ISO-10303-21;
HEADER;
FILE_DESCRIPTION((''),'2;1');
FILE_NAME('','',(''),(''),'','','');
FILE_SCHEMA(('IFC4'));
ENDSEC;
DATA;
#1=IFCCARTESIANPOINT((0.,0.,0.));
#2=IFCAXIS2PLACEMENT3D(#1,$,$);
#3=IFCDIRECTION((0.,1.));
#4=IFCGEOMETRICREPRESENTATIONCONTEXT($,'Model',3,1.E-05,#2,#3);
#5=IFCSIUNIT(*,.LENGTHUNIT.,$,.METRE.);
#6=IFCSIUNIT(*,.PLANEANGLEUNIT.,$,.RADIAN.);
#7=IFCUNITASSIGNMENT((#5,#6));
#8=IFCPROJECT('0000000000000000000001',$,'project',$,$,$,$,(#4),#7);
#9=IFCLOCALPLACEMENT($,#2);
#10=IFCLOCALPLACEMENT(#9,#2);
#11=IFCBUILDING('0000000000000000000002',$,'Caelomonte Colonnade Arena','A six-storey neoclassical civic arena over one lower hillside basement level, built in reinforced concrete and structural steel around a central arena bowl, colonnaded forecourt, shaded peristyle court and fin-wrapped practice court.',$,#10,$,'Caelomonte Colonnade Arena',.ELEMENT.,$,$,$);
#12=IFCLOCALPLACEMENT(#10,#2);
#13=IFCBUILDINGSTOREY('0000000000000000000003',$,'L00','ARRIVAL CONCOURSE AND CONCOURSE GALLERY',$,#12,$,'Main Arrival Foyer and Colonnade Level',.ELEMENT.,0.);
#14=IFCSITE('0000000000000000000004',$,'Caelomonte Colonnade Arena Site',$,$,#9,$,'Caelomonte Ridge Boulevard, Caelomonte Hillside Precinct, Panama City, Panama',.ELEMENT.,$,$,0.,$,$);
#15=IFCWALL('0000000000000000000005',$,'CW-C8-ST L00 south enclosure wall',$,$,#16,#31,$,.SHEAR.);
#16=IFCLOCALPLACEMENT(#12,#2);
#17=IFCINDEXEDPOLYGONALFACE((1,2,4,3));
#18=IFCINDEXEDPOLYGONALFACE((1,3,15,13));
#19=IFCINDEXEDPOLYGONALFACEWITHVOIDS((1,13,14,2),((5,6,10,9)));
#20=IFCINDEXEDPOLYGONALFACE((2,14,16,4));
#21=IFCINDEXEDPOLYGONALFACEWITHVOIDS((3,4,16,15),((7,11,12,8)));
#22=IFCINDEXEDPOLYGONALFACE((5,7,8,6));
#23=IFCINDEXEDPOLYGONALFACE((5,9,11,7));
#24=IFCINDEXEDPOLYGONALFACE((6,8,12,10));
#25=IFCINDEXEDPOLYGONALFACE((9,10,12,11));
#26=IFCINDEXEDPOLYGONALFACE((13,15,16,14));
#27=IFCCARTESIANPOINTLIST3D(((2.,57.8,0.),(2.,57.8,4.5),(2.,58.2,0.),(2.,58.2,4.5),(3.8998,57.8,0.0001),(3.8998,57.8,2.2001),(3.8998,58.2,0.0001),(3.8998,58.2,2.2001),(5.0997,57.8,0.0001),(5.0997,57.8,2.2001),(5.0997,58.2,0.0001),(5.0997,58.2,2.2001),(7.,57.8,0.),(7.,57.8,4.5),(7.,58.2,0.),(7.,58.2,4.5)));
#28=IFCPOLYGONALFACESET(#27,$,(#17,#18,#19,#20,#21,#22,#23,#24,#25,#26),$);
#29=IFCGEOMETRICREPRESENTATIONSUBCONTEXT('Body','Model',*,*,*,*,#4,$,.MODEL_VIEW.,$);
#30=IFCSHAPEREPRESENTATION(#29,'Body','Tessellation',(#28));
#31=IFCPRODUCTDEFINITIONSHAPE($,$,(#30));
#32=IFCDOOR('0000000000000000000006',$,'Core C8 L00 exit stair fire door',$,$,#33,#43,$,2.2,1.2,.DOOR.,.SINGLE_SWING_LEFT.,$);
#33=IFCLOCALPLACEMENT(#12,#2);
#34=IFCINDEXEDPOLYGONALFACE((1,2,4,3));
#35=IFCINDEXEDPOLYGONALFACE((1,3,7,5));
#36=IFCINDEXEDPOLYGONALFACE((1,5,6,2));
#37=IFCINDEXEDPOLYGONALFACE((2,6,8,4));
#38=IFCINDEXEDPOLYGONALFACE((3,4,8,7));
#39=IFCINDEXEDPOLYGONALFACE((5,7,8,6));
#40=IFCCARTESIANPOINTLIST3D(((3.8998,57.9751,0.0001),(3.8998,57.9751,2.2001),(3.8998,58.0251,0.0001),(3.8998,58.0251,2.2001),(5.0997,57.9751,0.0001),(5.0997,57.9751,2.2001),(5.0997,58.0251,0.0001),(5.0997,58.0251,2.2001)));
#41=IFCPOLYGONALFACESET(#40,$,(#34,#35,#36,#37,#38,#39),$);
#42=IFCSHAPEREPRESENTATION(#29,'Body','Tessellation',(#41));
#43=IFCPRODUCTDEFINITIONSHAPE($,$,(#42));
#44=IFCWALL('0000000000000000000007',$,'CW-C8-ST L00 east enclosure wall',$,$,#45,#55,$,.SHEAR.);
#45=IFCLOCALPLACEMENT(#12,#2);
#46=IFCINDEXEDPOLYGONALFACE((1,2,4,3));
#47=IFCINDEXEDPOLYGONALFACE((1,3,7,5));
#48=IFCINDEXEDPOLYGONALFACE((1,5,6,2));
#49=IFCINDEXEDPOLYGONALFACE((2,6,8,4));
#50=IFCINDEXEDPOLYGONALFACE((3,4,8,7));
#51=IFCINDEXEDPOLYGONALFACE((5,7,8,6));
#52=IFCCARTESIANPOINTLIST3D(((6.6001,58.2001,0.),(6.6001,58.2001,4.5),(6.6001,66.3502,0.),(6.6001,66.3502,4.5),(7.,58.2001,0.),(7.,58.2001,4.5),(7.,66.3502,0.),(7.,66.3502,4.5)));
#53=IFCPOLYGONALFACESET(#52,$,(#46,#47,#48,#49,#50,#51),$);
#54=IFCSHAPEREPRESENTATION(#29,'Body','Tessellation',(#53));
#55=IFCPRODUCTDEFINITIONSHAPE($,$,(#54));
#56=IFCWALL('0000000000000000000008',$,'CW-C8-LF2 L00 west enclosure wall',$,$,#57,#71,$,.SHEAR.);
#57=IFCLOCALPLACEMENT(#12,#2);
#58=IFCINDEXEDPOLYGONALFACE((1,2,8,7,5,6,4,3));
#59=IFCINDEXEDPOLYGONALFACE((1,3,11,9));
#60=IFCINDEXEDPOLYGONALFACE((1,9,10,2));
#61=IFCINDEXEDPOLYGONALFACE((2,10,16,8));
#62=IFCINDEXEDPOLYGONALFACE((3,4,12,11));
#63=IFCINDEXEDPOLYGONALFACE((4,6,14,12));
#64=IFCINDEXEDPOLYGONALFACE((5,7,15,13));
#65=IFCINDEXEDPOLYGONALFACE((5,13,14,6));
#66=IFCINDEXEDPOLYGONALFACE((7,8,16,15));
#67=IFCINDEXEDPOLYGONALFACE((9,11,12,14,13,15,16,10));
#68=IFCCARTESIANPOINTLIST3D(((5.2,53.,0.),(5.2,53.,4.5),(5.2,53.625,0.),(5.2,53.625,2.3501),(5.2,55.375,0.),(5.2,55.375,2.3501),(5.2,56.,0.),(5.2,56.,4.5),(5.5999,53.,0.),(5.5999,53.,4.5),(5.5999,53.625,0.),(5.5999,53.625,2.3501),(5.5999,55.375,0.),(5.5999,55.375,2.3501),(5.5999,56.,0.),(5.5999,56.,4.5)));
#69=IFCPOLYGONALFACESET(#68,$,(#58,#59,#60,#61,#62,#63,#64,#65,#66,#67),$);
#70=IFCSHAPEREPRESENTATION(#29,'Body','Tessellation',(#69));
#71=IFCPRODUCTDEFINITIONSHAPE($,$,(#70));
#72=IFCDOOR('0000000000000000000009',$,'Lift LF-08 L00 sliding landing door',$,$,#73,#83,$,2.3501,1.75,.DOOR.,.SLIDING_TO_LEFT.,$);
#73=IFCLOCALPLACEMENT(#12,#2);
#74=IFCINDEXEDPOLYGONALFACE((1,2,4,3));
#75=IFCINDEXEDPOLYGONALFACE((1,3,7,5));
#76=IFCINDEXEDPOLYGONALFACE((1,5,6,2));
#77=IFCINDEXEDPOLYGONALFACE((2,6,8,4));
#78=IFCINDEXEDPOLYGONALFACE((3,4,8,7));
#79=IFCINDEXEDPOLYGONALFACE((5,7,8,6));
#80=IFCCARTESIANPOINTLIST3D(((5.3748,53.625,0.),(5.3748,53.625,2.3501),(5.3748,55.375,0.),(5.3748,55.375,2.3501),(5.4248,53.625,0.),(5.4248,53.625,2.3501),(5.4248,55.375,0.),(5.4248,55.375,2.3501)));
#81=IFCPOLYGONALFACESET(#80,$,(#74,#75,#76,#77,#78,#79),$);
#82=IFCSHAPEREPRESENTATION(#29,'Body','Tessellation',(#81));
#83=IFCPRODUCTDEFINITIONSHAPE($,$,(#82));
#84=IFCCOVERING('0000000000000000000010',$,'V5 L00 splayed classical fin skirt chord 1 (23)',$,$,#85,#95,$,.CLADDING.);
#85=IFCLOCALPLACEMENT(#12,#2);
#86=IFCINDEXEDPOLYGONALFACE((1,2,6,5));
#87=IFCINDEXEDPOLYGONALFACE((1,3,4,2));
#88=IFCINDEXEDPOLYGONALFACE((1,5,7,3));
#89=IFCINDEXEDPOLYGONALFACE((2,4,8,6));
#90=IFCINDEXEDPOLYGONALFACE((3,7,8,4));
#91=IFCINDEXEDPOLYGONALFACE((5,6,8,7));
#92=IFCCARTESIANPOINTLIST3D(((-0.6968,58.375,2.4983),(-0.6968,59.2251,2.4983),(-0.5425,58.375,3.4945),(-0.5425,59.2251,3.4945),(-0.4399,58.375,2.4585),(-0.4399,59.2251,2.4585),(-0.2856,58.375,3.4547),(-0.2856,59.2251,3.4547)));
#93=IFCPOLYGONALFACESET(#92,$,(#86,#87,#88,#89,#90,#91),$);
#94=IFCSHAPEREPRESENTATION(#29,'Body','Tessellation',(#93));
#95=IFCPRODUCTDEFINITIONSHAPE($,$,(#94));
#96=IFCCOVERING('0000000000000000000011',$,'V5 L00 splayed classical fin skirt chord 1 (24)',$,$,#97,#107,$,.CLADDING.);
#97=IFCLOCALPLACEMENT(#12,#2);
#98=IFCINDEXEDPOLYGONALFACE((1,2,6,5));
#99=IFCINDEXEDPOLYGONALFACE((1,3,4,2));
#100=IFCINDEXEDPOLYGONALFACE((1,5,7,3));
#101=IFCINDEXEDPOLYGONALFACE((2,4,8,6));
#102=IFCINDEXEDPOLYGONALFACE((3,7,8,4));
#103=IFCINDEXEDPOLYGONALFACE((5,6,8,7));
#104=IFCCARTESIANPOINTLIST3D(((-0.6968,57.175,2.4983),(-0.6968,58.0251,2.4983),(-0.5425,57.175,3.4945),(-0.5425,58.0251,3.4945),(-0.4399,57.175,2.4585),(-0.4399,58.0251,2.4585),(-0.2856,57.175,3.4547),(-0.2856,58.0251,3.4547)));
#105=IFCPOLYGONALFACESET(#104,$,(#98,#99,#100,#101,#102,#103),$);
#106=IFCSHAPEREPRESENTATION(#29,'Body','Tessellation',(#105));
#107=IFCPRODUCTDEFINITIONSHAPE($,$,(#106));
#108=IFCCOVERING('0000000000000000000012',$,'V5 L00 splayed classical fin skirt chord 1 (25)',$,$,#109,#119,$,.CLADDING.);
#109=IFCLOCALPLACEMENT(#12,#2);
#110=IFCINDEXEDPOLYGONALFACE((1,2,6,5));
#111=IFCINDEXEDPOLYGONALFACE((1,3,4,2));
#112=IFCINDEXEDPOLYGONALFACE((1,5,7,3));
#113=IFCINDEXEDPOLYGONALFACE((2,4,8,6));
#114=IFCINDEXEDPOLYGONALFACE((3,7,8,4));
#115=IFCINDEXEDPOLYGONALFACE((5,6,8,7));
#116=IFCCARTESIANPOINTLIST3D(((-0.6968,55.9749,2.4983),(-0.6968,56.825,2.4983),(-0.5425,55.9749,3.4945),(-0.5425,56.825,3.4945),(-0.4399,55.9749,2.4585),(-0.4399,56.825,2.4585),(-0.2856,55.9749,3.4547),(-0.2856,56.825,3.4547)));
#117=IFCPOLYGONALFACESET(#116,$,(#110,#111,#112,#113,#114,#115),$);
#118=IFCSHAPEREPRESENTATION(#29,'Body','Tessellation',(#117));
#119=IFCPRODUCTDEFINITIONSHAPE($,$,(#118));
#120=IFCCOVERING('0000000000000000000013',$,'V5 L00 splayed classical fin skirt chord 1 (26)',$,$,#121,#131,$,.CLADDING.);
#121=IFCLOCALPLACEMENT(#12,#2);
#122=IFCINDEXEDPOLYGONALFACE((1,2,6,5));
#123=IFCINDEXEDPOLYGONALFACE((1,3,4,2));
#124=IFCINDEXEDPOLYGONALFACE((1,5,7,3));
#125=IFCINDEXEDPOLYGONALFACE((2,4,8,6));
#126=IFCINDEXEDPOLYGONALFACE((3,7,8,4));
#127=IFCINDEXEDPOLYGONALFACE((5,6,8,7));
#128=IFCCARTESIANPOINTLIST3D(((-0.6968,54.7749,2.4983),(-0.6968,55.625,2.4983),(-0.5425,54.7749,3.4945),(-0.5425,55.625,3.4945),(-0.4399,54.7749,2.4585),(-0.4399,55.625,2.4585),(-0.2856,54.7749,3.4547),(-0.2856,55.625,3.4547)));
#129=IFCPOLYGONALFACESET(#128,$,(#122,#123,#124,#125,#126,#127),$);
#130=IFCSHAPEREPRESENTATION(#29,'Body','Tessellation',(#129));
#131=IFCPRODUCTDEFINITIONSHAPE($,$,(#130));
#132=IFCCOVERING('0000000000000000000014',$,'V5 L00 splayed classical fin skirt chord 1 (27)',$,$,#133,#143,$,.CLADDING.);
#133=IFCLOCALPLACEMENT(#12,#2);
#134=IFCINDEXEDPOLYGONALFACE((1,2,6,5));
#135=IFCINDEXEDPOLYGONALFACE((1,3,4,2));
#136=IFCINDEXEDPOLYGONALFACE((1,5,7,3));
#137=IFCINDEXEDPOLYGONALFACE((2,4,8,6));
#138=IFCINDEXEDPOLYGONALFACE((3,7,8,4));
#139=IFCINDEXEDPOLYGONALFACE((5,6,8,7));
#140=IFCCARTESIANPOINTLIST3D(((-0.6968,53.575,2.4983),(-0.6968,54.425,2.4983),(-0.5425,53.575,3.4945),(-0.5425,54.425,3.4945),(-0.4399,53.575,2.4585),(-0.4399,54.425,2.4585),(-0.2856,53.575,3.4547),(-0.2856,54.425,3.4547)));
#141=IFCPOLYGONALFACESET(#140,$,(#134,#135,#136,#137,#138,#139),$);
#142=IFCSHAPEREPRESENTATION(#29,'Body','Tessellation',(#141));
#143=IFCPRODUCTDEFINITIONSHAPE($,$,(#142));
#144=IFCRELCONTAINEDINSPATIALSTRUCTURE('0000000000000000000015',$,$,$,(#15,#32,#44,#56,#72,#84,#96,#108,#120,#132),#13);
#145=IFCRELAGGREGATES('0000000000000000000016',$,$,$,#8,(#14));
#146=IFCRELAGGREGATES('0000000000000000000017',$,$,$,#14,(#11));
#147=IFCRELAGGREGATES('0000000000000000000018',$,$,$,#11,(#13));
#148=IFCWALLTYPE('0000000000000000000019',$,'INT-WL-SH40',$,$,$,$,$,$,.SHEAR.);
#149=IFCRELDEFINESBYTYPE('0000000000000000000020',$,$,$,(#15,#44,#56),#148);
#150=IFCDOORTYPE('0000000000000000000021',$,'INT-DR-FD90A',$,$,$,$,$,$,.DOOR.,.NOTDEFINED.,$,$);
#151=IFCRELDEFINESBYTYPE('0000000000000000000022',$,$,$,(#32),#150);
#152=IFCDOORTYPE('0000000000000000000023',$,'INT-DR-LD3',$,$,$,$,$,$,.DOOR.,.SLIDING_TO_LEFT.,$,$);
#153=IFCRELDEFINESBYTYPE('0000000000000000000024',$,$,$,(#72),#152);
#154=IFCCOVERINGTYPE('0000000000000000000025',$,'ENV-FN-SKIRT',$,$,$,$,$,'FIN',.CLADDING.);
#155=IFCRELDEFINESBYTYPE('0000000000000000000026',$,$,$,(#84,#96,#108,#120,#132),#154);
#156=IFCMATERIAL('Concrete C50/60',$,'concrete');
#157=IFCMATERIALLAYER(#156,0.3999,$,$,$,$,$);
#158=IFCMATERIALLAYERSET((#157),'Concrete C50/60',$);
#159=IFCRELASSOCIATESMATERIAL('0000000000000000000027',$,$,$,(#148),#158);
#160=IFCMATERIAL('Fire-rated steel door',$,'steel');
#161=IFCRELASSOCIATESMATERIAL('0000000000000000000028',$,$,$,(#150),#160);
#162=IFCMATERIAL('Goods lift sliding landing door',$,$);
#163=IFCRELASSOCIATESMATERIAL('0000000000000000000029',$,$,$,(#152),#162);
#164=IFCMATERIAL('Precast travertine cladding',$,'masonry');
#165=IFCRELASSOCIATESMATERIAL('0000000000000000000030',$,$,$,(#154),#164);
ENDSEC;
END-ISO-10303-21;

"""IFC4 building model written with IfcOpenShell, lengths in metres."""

from ifc_helpers import new_model, si_unit, direction, frame, frame_2d, origin, origin_2d, place, context, subcontext, project, spatial, rectangle, extrude, material, layer, layer_set, material_profile, profile_set, type_object, element, fill, save


model = new_model("IFC4")

# Units and contexts
model_context = context("Model", 3, precision=1e-05, world=origin(), true_north=direction((0.0, 1.0)))
body_context = subcontext(model_context, "Body", "Model", "MODEL_VIEW")
ifc_project = project(units=[si_unit("LENGTHUNIT", "METRE"), si_unit("PLANEANGLEUNIT", "RADIAN")], contexts=[model_context])

# Site, building, storey
site_placement = place(None, origin())
site = spatial("IfcSite", under=ifc_project, at=site_placement, Name="Caelomonte Colonnade Arena Site", LongName="Caelomonte Ridge Boulevard, Caelomonte Hillside Precinct, Panama City, Panama", CompositionType="ELEMENT", RefElevation=0.0)
building_placement = place(site_placement, origin())
building = spatial("IfcBuilding", under=site, at=building_placement, Name="Caelomonte Colonnade Arena", Description="A six-storey neoclassical civic arena over one lower hillside basement level, built in reinforced concrete and structural steel around a central arena bowl, colonnaded forecourt, shaded peristyle court and fin-wrapped practice court.", LongName="Caelomonte Colonnade Arena", CompositionType="ELEMENT")
storey_placement = place(building_placement, origin())
storey = spatial("IfcBuildingStorey", under=building, at=storey_placement, Name="L00", Description="ARRIVAL CONCOURSE AND CONCOURSE GALLERY", LongName="Main Arrival Foyer and Colonnade Level", CompositionType="ELEMENT", Elevation=0.0)

# Wall, opening, door
ifc_material_1 = material(Name="Concrete C50/60", Category="concrete")
ifc_layer_1 = layer(ifc_material_1, 0.3999)
ifc_layer_set_1 = layer_set([ifc_layer_1], Name="Concrete C50/60")
wall_type_1 = type_object("IfcWallType", Name="INT-WL-SH40", PredefinedType="SHEAR", material=ifc_layer_set_1)
wall_1_placement = place(storey_placement, frame((2.0, 58.0, 0.0), z_axis=(0.0, 0.0, 1.0), x_axis=(1.0, 0.0, 0.0)))
wall_1 = element("IfcWall", 1, at=wall_1_placement, inside=storey, type_object=wall_type_1, Name="CW-C8-ST L00 south enclosure wall", PredefinedType="SHEAR", context=body_context, shape_type="SweptSolid", body=[
    extrude(rectangle(XDim=5.0, YDim=0.3999, at=frame_2d((2.5, 0.0))), origin(), (0.0, 0.0, 1.0), 4.5),
])
opening_1_placement = place(wall_1_placement, frame((3.0999, 0.0, 0.0), z_axis=(0.0, 0.0, 1.0), x_axis=(-1.0, 0.0, 0.0)))
opening_1 = element("IfcOpeningElement", 2, at=opening_1_placement, cuts=wall_1, PredefinedType="OPENING", context=body_context, shape_type="SweptSolid", body=[
    extrude(rectangle(XDim=1.2, YDim=2.2, at=frame_2d((0.6001, 1.1001))), frame((0.0, 0.21, 0.0), z_axis=(0.0, -1.0, 0.0), x_axis=(1.0, 0.0, 0.0)), (0.0, 0.0, 1.0), 0.4199),
])
ifc_material_2 = material(Name="Fire-rated steel door", Category="steel")
door_type_1 = type_object("IfcDoorType", Name="INT-DR-FD90A", OperationType="NOTDEFINED", PredefinedType="DOOR", material=ifc_material_2)
door_1_placement = place(opening_1_placement, origin())
door_1 = element("IfcDoor", 3, at=door_1_placement, inside=storey, type_object=door_type_1, Name="Core C8 L00 exit stair fire door", OperationType="SINGLE_SWING_LEFT", OverallHeight=2.2, OverallWidth=1.2, PredefinedType="DOOR", context=body_context, shape_type="SweptSolid", body=[
    extrude(rectangle(XDim=1.2, YDim=2.2, at=frame_2d((0.6001, 1.1001))), frame((0.0, 0.0249, 0.0), z_axis=(0.0, -1.0, 0.0), x_axis=(1.0, 0.0, 0.0)), (0.0, 0.0, 1.0), 0.05),
])
fill(opening_1, door_1)

# Wall
wall_2_placement = place(storey_placement, frame((6.8, 58.2, 0.0), z_axis=(0.0, 0.0, 1.0), x_axis=(0.0, 1.0, 0.0)))
element("IfcWall", 4, at=wall_2_placement, inside=storey, type_object=wall_type_1, Name="CW-C8-ST L00 east enclosure wall", PredefinedType="SHEAR", context=body_context, shape_type="SweptSolid", body=[
    extrude(rectangle(XDim=8.1501, YDim=0.3999, at=frame_2d((4.0752, 0.0))), origin(), (0.0, 0.0, 1.0), 4.5),
])

# Wall, opening, door
wall_3_placement = place(storey_placement, frame((5.3999, 56.0, 0.0), z_axis=(0.0, 0.0, 1.0), x_axis=(0.0, -1.0, 0.0)))
wall_3 = element("IfcWall", 5, at=wall_3_placement, inside=storey, type_object=wall_type_1, Name="CW-C8-LF2 L00 west enclosure wall", PredefinedType="SHEAR", context=body_context, shape_type="SweptSolid", body=[
    extrude(rectangle(XDim=3.0, YDim=0.3999, at=frame_2d((1.5, 0.0))), origin(), (0.0, 0.0, 1.0), 4.5),
])
opening_2_placement = place(wall_3_placement, frame((0.625, 0.0, 0.0), z_axis=(0.0, 0.0, 1.0), x_axis=(1.0, 0.0, 0.0)))
opening_2 = element("IfcOpeningElement", 6, at=opening_2_placement, cuts=wall_3, PredefinedType="OPENING", context=body_context, shape_type="SweptSolid", body=[
    extrude(rectangle(XDim=1.75, YDim=2.3501, at=frame_2d((0.875, 1.175))), frame((0.0, 0.21, 0.0), z_axis=(0.0, -1.0, 0.0), x_axis=(1.0, 0.0, 0.0)), (0.0, 0.0, 1.0), 0.4199),
])
ifc_material_3 = material(Name="Goods lift sliding landing door")
door_type_2 = type_object("IfcDoorType", Name="INT-DR-LD3", OperationType="SLIDING_TO_LEFT", PredefinedType="DOOR", material=ifc_material_3)
door_2_placement = place(opening_2_placement, origin())
door_2 = element("IfcDoor", 7, at=door_2_placement, inside=storey, type_object=door_type_2, Name="Lift LF-08 L00 sliding landing door", OperationType="SLIDING_TO_LEFT", OverallHeight=2.3501, OverallWidth=1.75, PredefinedType="DOOR", context=body_context, shape_type="SweptSolid", body=[
    extrude(rectangle(XDim=1.75, YDim=2.3501, at=frame_2d((0.875, 1.175))), frame((0.0, 0.0249, 0.0), z_axis=(0.0, -1.0, 0.0), x_axis=(1.0, 0.0, 0.0)), (0.0, 0.0, 1.0), 0.05),
])
fill(opening_2, door_2)

# Coverings
ifc_material_4 = material(Name="Precast travertine cladding", Category="masonry")
ifc_material_profile_1 = material_profile(ifc_material_4, rectangle(XDim=0.26, YDim=0.8501, at=origin_2d()), Name="FIN260X850")
ifc_profile_set_1 = profile_set([ifc_material_profile_1], Name="Precast travertine cladding")
covering_type = type_object("IfcCoveringType", Name="ENV-FN-SKIRT", ElementType="FIN", PredefinedType="CLADDING", material=ifc_profile_set_1)
for number, where, z_axis, x_axis, name in (
    (8, (-0.4141, 58.8, 3.4746), (-0.153076, 0.0, -0.988214), (-0.988214, 0.0, 0.153076), "V5 L00 splayed classical fin skirt chord 1 (23)"),
    (9, (-0.4141, 57.6001, 3.4746), (-0.153076, 0.0, -0.988214), (-0.988214, 0.0, 0.153076), "V5 L00 splayed classical fin skirt chord 1 (24)"),
    (10, (-0.4141, 56.3999, 3.4746), (-0.153076, 0.0, -0.988214), (-0.988214, 0.0, 0.153076), "V5 L00 splayed classical fin skirt chord 1 (25)"),
    (11, (-0.4141, 55.2, 3.4746), (-0.153076, 0.0, -0.988214), (-0.988214, 0.0, 0.153076), "V5 L00 splayed classical fin skirt chord 1 (26)"),
    (12, (-0.4141, 54.0, 3.4746), (-0.153076, 0.0, -0.988214), (-0.988214, 0.0, 0.153076), "V5 L00 splayed classical fin skirt chord 1 (27)"),
):
    element("IfcCovering", number, at=place(storey_placement, frame(where, z_axis=z_axis, x_axis=x_axis)), inside=storey, type_object=covering_type, Name=name, PredefinedType="CLADDING", context=body_context, shape_type="SweptSolid", body=[
        extrude(rectangle(XDim=0.26, YDim=0.8501, at=origin_2d()), origin(), (0.0, 0.0, 1.0), 1.0081),
    ])

save(model, "model.ifc")
